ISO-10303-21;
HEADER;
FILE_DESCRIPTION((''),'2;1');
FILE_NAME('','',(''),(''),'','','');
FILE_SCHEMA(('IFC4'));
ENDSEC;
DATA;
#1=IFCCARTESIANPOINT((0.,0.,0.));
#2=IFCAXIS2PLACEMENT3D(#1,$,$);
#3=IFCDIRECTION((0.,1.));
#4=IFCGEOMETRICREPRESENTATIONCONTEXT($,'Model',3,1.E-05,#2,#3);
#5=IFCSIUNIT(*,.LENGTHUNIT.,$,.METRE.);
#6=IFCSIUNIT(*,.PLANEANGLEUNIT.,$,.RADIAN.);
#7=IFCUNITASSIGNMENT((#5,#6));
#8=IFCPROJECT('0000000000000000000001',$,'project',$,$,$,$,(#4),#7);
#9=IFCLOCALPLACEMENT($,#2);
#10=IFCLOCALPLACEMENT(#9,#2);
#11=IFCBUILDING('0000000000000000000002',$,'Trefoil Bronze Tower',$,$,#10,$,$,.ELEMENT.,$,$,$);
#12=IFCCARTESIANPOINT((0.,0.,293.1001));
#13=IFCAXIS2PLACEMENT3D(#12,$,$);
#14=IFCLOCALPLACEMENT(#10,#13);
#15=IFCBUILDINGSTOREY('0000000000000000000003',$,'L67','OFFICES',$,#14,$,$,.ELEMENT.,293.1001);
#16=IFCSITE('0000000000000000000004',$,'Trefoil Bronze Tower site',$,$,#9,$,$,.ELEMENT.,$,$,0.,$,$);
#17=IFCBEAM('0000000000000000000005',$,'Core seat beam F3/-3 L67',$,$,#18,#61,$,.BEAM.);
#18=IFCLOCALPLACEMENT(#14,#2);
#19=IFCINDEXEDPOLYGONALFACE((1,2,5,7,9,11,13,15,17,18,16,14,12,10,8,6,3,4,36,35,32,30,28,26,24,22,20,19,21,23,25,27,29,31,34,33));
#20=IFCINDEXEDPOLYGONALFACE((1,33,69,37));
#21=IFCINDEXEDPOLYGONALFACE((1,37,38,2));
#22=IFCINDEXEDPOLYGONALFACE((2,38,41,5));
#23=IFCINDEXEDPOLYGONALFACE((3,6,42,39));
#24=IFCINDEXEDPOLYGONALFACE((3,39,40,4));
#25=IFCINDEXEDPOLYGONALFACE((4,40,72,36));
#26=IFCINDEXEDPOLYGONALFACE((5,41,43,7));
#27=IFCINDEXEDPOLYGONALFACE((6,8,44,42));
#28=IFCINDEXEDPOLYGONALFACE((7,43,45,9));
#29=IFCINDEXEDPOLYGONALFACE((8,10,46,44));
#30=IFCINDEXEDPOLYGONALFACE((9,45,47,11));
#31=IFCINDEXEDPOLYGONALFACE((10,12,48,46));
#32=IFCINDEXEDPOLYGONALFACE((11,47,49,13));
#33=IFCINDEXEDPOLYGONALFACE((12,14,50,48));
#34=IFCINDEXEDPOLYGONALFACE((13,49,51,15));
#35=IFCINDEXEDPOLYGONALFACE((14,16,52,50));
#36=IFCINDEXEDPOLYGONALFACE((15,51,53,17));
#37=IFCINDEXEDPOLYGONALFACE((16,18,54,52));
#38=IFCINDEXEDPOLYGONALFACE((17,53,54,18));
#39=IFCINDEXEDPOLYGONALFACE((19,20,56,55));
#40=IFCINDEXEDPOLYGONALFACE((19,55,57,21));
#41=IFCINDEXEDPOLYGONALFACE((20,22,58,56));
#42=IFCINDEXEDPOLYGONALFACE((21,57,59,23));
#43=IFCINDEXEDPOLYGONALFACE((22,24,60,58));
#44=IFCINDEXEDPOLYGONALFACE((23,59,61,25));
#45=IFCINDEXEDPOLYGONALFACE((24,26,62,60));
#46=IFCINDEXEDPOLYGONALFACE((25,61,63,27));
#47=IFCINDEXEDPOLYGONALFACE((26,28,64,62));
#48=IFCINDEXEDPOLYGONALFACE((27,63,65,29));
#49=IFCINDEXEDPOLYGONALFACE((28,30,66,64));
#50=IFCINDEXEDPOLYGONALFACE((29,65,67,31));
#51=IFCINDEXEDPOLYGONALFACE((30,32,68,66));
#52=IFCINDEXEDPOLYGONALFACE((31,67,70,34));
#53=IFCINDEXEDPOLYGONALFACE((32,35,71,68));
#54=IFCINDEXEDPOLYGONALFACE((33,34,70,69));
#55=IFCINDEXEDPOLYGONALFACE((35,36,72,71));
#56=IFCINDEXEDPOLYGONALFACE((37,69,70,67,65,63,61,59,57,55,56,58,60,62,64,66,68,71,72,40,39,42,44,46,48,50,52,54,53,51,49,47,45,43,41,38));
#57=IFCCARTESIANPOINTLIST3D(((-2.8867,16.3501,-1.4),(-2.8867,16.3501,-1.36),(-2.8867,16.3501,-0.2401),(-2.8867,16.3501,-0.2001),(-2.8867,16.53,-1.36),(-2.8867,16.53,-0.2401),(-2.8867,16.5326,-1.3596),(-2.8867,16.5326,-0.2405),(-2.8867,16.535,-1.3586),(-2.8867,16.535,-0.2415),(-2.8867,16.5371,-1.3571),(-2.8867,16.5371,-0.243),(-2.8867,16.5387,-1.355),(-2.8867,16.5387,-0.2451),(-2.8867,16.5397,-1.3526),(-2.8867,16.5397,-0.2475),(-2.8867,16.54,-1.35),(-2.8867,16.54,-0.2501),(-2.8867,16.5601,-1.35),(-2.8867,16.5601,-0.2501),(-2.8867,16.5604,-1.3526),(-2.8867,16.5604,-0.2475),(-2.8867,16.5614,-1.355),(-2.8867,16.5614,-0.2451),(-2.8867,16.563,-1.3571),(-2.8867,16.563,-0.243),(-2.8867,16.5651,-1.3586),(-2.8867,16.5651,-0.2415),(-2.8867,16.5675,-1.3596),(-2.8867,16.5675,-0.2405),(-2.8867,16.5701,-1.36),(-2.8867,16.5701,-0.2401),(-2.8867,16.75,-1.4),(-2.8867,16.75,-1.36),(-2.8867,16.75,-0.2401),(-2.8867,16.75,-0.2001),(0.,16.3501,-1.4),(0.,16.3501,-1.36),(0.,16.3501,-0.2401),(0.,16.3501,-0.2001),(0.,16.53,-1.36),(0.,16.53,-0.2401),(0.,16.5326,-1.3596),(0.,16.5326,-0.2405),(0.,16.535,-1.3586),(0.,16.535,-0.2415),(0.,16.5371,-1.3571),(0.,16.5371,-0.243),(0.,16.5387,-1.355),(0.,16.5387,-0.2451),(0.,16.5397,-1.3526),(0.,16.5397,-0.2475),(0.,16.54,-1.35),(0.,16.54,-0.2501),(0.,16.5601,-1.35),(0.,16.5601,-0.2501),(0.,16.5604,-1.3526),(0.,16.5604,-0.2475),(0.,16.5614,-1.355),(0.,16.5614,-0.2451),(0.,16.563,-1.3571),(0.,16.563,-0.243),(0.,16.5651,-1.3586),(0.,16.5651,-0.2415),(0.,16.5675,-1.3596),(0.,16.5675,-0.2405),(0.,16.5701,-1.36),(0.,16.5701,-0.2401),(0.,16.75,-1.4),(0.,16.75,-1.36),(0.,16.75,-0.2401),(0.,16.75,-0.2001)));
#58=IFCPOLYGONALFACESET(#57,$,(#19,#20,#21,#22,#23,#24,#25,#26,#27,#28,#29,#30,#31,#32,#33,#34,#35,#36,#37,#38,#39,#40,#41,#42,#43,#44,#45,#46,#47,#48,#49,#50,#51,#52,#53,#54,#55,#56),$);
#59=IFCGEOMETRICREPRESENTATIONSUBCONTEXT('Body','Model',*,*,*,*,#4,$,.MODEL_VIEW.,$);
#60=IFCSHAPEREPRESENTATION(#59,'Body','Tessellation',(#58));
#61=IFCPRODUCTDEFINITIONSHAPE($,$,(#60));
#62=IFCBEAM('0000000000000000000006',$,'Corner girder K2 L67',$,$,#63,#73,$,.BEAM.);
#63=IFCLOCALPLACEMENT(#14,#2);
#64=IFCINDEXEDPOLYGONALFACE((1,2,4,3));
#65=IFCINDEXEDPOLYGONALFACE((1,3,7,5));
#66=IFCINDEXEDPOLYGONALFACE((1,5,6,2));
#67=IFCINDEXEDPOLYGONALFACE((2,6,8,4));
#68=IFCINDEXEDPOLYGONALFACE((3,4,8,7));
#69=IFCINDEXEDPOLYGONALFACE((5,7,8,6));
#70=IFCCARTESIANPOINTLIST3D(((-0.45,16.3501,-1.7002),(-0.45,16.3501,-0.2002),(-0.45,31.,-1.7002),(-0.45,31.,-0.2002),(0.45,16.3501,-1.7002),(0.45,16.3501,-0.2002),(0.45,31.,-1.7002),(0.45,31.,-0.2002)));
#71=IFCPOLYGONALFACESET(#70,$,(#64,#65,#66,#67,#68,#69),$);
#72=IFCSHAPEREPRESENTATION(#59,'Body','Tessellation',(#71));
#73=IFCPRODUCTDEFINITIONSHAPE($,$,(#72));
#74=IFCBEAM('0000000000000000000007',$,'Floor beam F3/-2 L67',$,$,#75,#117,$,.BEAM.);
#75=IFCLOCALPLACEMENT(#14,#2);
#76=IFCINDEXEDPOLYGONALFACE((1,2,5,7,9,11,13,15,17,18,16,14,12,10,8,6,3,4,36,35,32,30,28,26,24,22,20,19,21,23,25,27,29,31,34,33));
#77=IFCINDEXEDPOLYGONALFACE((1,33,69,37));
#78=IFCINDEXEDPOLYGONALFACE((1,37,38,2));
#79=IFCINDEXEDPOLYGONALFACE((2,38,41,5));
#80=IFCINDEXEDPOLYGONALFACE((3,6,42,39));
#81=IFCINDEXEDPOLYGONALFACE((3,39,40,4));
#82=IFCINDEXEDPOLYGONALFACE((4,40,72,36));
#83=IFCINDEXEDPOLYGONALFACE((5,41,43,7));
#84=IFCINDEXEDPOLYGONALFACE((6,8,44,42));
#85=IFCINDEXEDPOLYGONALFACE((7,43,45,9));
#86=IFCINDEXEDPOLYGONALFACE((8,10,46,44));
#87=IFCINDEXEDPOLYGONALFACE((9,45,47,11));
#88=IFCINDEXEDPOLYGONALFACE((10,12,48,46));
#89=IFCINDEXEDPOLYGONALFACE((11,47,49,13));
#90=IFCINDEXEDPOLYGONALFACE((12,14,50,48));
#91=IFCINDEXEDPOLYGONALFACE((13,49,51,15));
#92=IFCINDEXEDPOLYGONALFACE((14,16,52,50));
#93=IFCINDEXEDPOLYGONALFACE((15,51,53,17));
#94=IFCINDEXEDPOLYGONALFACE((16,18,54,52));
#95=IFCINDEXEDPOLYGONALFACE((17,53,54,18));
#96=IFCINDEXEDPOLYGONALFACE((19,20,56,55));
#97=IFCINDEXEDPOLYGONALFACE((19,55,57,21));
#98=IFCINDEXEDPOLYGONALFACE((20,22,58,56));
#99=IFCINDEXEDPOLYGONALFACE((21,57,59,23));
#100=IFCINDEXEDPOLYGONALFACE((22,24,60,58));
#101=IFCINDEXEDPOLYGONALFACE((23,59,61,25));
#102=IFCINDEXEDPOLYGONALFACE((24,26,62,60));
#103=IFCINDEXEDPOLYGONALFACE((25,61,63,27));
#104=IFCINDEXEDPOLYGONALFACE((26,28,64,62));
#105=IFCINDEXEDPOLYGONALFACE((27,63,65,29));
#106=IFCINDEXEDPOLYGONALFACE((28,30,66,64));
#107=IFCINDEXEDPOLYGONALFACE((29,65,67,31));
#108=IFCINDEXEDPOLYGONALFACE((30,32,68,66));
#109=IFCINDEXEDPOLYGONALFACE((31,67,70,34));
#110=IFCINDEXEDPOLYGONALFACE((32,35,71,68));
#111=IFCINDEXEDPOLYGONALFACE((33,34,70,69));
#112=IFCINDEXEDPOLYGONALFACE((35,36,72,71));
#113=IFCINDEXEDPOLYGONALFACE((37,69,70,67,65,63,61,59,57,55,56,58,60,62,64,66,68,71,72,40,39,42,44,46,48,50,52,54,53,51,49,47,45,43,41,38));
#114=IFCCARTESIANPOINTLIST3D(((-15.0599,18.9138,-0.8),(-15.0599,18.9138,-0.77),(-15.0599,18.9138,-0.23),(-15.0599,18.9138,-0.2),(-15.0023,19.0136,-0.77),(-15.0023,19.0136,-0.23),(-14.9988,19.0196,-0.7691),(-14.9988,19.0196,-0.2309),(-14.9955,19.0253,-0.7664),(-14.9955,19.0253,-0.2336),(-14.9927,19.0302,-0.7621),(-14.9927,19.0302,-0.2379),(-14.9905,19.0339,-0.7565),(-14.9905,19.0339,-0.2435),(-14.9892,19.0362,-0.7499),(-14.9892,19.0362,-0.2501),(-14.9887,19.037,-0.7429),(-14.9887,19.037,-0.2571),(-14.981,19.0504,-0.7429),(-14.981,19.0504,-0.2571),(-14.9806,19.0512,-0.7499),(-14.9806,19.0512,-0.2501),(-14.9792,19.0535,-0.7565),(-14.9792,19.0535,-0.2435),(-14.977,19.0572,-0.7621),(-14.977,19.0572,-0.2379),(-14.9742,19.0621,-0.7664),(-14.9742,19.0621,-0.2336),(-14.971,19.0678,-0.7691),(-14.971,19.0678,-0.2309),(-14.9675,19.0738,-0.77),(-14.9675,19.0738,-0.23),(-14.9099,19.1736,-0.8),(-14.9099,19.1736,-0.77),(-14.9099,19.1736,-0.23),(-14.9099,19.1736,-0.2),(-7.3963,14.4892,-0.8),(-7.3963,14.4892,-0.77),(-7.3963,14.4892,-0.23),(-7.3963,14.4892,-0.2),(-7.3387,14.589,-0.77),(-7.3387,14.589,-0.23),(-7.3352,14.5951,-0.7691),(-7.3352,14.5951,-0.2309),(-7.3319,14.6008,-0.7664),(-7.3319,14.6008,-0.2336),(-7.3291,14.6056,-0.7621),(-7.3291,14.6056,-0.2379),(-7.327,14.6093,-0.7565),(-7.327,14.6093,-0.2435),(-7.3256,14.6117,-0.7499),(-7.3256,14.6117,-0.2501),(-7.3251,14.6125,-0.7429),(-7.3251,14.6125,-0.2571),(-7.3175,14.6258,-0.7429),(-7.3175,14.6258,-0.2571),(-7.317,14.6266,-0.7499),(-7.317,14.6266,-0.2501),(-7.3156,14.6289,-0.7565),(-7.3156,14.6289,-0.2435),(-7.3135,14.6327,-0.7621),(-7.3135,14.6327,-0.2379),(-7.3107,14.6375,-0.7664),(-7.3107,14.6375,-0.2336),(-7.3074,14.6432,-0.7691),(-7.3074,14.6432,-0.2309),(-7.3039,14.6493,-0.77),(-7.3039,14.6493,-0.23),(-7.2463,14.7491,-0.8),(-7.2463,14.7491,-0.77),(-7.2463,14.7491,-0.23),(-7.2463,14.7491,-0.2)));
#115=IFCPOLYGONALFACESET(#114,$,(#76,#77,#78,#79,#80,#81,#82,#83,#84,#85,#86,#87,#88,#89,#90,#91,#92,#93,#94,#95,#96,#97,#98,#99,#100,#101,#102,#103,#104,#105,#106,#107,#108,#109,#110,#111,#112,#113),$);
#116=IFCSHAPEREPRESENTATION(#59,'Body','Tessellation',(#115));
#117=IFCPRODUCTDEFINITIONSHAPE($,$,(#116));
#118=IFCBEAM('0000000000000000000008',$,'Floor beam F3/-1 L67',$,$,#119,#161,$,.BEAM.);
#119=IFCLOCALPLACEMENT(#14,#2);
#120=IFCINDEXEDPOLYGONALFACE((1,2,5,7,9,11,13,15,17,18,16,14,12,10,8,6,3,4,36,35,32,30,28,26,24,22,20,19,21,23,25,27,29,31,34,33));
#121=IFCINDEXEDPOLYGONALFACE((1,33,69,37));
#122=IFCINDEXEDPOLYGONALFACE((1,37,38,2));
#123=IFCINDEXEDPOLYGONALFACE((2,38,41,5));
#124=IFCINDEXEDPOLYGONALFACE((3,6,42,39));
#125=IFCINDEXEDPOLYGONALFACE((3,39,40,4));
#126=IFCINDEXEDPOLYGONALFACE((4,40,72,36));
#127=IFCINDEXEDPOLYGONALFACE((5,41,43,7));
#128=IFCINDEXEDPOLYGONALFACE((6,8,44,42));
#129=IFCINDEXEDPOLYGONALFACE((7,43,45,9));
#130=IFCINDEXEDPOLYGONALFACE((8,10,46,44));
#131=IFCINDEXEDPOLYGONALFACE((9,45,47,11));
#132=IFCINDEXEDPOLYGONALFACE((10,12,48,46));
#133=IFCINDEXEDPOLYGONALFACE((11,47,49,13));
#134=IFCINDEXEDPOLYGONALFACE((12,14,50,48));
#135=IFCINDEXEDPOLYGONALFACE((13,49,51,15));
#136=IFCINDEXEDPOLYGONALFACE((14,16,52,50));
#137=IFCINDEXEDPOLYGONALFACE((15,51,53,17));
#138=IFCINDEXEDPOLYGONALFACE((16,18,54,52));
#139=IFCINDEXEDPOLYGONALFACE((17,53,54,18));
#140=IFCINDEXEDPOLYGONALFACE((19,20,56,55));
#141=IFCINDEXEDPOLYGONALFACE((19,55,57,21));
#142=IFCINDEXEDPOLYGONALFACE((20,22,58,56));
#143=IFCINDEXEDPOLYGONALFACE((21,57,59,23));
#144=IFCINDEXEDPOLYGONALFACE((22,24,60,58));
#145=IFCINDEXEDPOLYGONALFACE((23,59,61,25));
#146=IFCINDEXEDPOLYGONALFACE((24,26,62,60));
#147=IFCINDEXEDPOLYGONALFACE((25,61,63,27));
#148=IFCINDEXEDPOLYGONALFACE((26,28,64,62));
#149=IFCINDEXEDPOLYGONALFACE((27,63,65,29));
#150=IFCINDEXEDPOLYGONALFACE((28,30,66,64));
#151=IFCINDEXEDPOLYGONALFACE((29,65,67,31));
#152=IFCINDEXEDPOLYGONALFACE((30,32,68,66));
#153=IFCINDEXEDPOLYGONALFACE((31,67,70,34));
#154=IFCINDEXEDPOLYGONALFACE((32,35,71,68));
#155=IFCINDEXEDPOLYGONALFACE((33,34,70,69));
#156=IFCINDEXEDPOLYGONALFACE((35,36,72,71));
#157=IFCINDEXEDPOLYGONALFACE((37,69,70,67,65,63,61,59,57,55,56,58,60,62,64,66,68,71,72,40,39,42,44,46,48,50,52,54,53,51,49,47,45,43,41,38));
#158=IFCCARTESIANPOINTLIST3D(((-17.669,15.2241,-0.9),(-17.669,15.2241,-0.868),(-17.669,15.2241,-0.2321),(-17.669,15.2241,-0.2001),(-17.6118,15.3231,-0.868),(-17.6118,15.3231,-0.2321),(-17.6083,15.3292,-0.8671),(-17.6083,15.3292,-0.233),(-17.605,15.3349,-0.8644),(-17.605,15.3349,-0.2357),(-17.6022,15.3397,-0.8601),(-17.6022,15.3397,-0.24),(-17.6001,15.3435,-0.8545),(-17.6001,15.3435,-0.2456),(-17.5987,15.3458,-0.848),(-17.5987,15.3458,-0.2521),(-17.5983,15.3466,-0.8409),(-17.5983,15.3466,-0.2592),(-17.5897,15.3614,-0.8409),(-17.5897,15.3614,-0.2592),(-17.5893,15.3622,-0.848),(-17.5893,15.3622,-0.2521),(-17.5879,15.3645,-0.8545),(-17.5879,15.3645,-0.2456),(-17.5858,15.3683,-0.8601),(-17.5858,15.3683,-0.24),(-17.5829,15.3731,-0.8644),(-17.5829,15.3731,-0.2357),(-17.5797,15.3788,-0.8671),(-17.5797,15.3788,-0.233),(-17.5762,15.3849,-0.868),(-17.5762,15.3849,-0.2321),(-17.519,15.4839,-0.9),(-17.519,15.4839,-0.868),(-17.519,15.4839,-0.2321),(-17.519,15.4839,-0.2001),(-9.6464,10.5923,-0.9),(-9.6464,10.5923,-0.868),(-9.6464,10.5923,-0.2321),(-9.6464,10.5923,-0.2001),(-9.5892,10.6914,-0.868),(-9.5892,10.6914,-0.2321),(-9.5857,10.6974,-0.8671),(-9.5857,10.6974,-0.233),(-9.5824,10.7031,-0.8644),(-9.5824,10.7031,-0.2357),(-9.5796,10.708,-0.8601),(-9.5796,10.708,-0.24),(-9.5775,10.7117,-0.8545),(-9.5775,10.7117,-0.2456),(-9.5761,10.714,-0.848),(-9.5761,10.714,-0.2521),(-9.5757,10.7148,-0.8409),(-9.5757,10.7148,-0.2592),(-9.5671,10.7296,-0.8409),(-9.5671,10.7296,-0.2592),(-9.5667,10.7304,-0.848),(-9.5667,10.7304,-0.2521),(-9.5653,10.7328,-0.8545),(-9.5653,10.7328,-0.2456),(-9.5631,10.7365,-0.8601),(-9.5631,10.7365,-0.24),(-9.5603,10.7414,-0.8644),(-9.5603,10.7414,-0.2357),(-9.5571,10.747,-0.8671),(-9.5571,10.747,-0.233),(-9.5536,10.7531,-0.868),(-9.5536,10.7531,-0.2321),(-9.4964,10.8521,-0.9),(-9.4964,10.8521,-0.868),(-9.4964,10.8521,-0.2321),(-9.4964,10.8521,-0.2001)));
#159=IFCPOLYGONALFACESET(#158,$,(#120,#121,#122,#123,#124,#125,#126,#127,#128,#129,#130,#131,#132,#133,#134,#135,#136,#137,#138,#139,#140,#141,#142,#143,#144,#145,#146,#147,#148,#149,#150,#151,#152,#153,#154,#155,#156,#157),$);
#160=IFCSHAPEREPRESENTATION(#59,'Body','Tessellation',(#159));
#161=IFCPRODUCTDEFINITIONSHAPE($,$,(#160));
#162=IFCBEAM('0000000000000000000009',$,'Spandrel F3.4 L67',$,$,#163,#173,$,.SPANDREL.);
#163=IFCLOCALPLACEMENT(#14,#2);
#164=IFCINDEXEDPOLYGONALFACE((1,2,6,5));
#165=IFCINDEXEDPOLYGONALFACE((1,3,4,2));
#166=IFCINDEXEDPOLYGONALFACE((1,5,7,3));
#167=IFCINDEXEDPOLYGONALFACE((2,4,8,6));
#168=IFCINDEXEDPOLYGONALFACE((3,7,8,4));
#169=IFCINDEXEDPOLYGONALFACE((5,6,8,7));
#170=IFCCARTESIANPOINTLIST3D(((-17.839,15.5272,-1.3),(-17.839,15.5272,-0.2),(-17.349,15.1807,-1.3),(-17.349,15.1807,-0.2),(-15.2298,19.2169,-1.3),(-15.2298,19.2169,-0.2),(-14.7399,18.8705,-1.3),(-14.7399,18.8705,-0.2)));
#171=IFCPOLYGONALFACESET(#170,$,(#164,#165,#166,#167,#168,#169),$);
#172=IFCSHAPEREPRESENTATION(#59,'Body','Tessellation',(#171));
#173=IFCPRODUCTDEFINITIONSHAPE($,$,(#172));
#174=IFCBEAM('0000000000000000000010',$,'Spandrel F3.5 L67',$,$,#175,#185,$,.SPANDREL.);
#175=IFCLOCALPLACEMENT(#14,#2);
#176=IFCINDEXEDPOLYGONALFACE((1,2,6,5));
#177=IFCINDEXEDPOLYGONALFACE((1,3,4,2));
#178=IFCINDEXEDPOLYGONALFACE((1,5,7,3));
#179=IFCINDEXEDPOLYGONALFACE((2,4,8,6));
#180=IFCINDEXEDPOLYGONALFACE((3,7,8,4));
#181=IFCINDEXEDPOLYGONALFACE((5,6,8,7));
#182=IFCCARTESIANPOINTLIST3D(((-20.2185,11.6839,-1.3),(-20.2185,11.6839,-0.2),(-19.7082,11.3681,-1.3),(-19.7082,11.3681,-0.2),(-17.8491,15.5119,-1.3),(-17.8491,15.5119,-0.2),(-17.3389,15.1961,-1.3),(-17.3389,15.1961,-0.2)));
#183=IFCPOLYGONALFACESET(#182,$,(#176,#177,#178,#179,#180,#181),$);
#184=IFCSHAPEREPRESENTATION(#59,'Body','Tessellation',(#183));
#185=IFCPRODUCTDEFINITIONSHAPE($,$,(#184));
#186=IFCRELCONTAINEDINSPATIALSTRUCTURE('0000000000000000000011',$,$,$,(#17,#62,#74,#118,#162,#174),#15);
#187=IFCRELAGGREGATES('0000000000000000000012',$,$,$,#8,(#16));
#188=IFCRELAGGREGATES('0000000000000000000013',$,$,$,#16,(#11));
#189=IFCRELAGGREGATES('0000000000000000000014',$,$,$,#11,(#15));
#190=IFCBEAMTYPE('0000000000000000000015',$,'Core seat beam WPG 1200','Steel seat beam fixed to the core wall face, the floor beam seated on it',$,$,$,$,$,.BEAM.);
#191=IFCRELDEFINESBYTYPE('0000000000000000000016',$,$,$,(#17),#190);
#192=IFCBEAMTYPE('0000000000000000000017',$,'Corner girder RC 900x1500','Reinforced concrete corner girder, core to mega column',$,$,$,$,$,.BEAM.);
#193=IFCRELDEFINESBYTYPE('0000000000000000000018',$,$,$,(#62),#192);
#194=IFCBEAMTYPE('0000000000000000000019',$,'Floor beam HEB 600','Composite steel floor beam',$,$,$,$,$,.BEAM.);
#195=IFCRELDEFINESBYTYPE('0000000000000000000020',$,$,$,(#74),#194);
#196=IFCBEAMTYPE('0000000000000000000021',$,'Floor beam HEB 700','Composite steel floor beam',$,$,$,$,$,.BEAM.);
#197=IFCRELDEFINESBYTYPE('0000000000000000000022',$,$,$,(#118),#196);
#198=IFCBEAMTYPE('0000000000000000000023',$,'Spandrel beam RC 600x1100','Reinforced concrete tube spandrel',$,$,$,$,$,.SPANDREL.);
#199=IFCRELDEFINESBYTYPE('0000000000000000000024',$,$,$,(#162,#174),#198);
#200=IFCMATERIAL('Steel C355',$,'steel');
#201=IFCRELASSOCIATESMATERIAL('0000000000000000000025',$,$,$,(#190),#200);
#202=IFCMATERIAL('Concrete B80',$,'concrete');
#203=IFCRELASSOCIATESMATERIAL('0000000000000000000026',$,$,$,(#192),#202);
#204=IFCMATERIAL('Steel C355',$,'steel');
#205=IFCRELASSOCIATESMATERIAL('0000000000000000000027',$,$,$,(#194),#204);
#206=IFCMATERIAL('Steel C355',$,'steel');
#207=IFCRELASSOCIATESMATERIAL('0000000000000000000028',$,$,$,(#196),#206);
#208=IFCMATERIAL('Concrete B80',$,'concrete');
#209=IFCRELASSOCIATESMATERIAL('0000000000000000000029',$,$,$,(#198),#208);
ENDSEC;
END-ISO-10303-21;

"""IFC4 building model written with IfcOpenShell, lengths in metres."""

from ifc_helpers import new_model, si_unit, direction, frame, origin, origin_2d, place, context, subcontext, project, spatial, rectangle, i_section, extrude, material, material_profile, profile_set, type_object, element, save


model = new_model("IFC4")

# Units and contexts
model_context = context("Model", 3, precision=1e-05, world=origin(), true_north=direction((0.0, 1.0)))
body_context = subcontext(model_context, "Body", "Model", "MODEL_VIEW")
ifc_project = project(units=[si_unit("LENGTHUNIT", "METRE"), si_unit("PLANEANGLEUNIT", "RADIAN")], contexts=[model_context])

# Site, building, storey
site_placement = place(None, origin())
site = spatial("IfcSite", under=ifc_project, at=site_placement, Name="Trefoil Bronze Tower site", CompositionType="ELEMENT", RefElevation=0.0)
building_placement = place(site_placement, origin())
building = spatial("IfcBuilding", under=site, at=building_placement, Name="Trefoil Bronze Tower", CompositionType="ELEMENT")
storey_placement = place(building_placement, frame((0.0, 0.0, 293.1001)))
storey = spatial("IfcBuildingStorey", under=building, at=storey_placement, Name="L67", Description="OFFICES", CompositionType="ELEMENT", Elevation=293.1001)

# Beams
ifc_material_1 = material(Name="Steel C355", Category="steel")
ifc_material_profile_1 = material_profile(ifc_material_1, i_section(OverallWidth=0.3999, OverallDepth=1.2, WebThickness=0.02, FlangeThickness=0.04, FilletRadius=0.01, at=origin_2d()), Name="WPG 1200")
ifc_profile_set_1 = profile_set([ifc_material_profile_1], Name="Steel C355")
beam_type_1 = type_object("IfcBeamType", Name="Core seat beam WPG 1200", Description="Steel seat beam fixed to the core wall face, the floor beam seated on it", PredefinedType="BEAM", material=ifc_profile_set_1)
beam_1_placement = place(storey_placement, frame((0.0, 16.55, -0.8), z_axis=(-1.0, 0.0, 0.0), x_axis=(0.0, -1.0, 0.0)))
element("IfcBeam", 1, at=beam_1_placement, inside=storey, type_object=beam_type_1, Name="Core seat beam F3/-3 L67", PredefinedType="BEAM", context=body_context, shape_type="SweptSolid", body=[
    extrude(i_section(OverallWidth=0.3999, OverallDepth=1.2, WebThickness=0.02, FlangeThickness=0.04, FilletRadius=0.01, at=origin_2d()), origin(), (0.0, 0.0, 1.0), 2.8867),
])
ifc_material_2 = material(Name="Concrete B80", Category="concrete")
ifc_material_profile_2 = material_profile(ifc_material_2, rectangle(XDim=0.8999, YDim=1.5, at=origin_2d()), Name="RC 900x1500")
ifc_profile_set_2 = profile_set([ifc_material_profile_2], Name="Concrete B80")
beam_type_2 = type_object("IfcBeamType", Name="Corner girder RC 900x1500", Description="Reinforced concrete corner girder, core to mega column", PredefinedType="BEAM", material=ifc_profile_set_2)
beam_2_placement = place(storey_placement, frame((0.0, 16.3501, -0.9502), z_axis=(0.0, 1.0, 0.0), x_axis=(-1.0, 0.0, 0.0)))
element("IfcBeam", 2, at=beam_2_placement, inside=storey, type_object=beam_type_2, Name="Corner girder K2 L67", PredefinedType="BEAM", context=body_context, shape_type="SweptSolid", body=[
    extrude(rectangle(XDim=0.8999, YDim=1.5, at=origin_2d()), origin(), (0.0, 0.0, 1.0), 14.6499),
])
ifc_material_3 = material(Name="Steel C355", Category="steel")
ifc_material_profile_3 = material_profile(ifc_material_3, i_section(OverallWidth=0.3, OverallDepth=0.6001, WebThickness=0.0154, FlangeThickness=0.03, FilletRadius=0.0271, at=origin_2d()), Name="HEB 600")
ifc_profile_set_3 = profile_set([ifc_material_profile_3], Name="Steel C355")
beam_type_3 = type_object("IfcBeamType", Name="Floor beam HEB 600", Description="Composite steel floor beam", PredefinedType="BEAM", material=ifc_profile_set_3)
beam_3_placement = place(storey_placement, frame((-14.9849, 19.0437, -0.5), z_axis=(0.866026, -0.499999, 0.0), x_axis=(0.499999, 0.866026, 0.0)))
element("IfcBeam", 3, at=beam_3_placement, inside=storey, type_object=beam_type_3, Name="Floor beam F3/-2 L67", PredefinedType="BEAM", context=body_context, shape_type="SweptSolid", body=[
    extrude(i_section(OverallWidth=0.3, OverallDepth=0.6001, WebThickness=0.0154, FlangeThickness=0.03, FilletRadius=0.0271, at=origin_2d()), origin(), (0.0, 0.0, 1.0), 8.8491),
])
ifc_material_4 = material(Name="Steel C355", Category="steel")
ifc_material_profile_4 = material_profile(ifc_material_4, i_section(OverallWidth=0.3, OverallDepth=0.7, WebThickness=0.0171, FlangeThickness=0.032, FilletRadius=0.0271, at=origin_2d()), Name="HEB 700")
ifc_profile_set_4 = profile_set([ifc_material_profile_4], Name="Steel C355")
beam_type_4 = type_object("IfcBeamType", Name="Floor beam HEB 700", Description="Composite steel floor beam", PredefinedType="BEAM", material=ifc_profile_set_4)
beam_4_placement = place(storey_placement, frame((-17.594, 15.354, -0.55), z_axis=(0.866029, -0.499994, 0.0), x_axis=(0.499994, 0.866029, 0.0)))
element("IfcBeam", 4, at=beam_4_placement, inside=storey, type_object=beam_type_4, Name="Floor beam F3/-1 L67", PredefinedType="BEAM", context=body_context, shape_type="SweptSolid", body=[
    extrude(i_section(OverallWidth=0.3, OverallDepth=0.7, WebThickness=0.0171, FlangeThickness=0.032, FilletRadius=0.0271, at=origin_2d()), origin(), (0.0, 0.0, 1.0), 9.2637),
])
ifc_material_5 = material(Name="Concrete B80", Category="concrete")
ifc_material_profile_5 = material_profile(ifc_material_5, rectangle(XDim=0.6001, YDim=1.1001, at=origin_2d()), Name="RC 600x1100")
ifc_profile_set_5 = profile_set([ifc_material_profile_5], Name="Concrete B80")
beam_type_5 = type_object("IfcBeamType", Name="Spandrel beam RC 600x1100", Description="Reinforced concrete tube spandrel", PredefinedType="SPANDREL", material=ifc_profile_set_5)
beam_5_placement = place(storey_placement, frame((-14.9849, 19.0437, -0.75), z_axis=(-0.577368, -0.816484, 0.0), x_axis=(0.816484, -0.577368, 0.0)))
element("IfcBeam", 5, at=beam_5_placement, inside=storey, type_object=beam_type_5, Name="Spandrel F3.4 L67", PredefinedType="SPANDREL", context=body_context, shape_type="SweptSolid", body=[
    extrude(rectangle(XDim=0.6001, YDim=1.1001, at=origin_2d()), origin(), (0.0, 0.0, 1.0), 4.519),
])
beam_6_placement = place(storey_placement, frame((-17.594, 15.354, -0.75), z_axis=(-0.526289, -0.850306, 0.0), x_axis=(0.850306, -0.526289, 0.0)))
element("IfcBeam", 6, at=beam_6_placement, inside=storey, type_object=beam_type_5, Name="Spandrel F3.5 L67", PredefinedType="SPANDREL", context=body_context, shape_type="SweptSolid", body=[
    extrude(rectangle(XDim=0.6001, YDim=1.1001, at=origin_2d()), origin(), (0.0, 0.0, 1.0), 4.502),
])

save(model, "model.ifc")
